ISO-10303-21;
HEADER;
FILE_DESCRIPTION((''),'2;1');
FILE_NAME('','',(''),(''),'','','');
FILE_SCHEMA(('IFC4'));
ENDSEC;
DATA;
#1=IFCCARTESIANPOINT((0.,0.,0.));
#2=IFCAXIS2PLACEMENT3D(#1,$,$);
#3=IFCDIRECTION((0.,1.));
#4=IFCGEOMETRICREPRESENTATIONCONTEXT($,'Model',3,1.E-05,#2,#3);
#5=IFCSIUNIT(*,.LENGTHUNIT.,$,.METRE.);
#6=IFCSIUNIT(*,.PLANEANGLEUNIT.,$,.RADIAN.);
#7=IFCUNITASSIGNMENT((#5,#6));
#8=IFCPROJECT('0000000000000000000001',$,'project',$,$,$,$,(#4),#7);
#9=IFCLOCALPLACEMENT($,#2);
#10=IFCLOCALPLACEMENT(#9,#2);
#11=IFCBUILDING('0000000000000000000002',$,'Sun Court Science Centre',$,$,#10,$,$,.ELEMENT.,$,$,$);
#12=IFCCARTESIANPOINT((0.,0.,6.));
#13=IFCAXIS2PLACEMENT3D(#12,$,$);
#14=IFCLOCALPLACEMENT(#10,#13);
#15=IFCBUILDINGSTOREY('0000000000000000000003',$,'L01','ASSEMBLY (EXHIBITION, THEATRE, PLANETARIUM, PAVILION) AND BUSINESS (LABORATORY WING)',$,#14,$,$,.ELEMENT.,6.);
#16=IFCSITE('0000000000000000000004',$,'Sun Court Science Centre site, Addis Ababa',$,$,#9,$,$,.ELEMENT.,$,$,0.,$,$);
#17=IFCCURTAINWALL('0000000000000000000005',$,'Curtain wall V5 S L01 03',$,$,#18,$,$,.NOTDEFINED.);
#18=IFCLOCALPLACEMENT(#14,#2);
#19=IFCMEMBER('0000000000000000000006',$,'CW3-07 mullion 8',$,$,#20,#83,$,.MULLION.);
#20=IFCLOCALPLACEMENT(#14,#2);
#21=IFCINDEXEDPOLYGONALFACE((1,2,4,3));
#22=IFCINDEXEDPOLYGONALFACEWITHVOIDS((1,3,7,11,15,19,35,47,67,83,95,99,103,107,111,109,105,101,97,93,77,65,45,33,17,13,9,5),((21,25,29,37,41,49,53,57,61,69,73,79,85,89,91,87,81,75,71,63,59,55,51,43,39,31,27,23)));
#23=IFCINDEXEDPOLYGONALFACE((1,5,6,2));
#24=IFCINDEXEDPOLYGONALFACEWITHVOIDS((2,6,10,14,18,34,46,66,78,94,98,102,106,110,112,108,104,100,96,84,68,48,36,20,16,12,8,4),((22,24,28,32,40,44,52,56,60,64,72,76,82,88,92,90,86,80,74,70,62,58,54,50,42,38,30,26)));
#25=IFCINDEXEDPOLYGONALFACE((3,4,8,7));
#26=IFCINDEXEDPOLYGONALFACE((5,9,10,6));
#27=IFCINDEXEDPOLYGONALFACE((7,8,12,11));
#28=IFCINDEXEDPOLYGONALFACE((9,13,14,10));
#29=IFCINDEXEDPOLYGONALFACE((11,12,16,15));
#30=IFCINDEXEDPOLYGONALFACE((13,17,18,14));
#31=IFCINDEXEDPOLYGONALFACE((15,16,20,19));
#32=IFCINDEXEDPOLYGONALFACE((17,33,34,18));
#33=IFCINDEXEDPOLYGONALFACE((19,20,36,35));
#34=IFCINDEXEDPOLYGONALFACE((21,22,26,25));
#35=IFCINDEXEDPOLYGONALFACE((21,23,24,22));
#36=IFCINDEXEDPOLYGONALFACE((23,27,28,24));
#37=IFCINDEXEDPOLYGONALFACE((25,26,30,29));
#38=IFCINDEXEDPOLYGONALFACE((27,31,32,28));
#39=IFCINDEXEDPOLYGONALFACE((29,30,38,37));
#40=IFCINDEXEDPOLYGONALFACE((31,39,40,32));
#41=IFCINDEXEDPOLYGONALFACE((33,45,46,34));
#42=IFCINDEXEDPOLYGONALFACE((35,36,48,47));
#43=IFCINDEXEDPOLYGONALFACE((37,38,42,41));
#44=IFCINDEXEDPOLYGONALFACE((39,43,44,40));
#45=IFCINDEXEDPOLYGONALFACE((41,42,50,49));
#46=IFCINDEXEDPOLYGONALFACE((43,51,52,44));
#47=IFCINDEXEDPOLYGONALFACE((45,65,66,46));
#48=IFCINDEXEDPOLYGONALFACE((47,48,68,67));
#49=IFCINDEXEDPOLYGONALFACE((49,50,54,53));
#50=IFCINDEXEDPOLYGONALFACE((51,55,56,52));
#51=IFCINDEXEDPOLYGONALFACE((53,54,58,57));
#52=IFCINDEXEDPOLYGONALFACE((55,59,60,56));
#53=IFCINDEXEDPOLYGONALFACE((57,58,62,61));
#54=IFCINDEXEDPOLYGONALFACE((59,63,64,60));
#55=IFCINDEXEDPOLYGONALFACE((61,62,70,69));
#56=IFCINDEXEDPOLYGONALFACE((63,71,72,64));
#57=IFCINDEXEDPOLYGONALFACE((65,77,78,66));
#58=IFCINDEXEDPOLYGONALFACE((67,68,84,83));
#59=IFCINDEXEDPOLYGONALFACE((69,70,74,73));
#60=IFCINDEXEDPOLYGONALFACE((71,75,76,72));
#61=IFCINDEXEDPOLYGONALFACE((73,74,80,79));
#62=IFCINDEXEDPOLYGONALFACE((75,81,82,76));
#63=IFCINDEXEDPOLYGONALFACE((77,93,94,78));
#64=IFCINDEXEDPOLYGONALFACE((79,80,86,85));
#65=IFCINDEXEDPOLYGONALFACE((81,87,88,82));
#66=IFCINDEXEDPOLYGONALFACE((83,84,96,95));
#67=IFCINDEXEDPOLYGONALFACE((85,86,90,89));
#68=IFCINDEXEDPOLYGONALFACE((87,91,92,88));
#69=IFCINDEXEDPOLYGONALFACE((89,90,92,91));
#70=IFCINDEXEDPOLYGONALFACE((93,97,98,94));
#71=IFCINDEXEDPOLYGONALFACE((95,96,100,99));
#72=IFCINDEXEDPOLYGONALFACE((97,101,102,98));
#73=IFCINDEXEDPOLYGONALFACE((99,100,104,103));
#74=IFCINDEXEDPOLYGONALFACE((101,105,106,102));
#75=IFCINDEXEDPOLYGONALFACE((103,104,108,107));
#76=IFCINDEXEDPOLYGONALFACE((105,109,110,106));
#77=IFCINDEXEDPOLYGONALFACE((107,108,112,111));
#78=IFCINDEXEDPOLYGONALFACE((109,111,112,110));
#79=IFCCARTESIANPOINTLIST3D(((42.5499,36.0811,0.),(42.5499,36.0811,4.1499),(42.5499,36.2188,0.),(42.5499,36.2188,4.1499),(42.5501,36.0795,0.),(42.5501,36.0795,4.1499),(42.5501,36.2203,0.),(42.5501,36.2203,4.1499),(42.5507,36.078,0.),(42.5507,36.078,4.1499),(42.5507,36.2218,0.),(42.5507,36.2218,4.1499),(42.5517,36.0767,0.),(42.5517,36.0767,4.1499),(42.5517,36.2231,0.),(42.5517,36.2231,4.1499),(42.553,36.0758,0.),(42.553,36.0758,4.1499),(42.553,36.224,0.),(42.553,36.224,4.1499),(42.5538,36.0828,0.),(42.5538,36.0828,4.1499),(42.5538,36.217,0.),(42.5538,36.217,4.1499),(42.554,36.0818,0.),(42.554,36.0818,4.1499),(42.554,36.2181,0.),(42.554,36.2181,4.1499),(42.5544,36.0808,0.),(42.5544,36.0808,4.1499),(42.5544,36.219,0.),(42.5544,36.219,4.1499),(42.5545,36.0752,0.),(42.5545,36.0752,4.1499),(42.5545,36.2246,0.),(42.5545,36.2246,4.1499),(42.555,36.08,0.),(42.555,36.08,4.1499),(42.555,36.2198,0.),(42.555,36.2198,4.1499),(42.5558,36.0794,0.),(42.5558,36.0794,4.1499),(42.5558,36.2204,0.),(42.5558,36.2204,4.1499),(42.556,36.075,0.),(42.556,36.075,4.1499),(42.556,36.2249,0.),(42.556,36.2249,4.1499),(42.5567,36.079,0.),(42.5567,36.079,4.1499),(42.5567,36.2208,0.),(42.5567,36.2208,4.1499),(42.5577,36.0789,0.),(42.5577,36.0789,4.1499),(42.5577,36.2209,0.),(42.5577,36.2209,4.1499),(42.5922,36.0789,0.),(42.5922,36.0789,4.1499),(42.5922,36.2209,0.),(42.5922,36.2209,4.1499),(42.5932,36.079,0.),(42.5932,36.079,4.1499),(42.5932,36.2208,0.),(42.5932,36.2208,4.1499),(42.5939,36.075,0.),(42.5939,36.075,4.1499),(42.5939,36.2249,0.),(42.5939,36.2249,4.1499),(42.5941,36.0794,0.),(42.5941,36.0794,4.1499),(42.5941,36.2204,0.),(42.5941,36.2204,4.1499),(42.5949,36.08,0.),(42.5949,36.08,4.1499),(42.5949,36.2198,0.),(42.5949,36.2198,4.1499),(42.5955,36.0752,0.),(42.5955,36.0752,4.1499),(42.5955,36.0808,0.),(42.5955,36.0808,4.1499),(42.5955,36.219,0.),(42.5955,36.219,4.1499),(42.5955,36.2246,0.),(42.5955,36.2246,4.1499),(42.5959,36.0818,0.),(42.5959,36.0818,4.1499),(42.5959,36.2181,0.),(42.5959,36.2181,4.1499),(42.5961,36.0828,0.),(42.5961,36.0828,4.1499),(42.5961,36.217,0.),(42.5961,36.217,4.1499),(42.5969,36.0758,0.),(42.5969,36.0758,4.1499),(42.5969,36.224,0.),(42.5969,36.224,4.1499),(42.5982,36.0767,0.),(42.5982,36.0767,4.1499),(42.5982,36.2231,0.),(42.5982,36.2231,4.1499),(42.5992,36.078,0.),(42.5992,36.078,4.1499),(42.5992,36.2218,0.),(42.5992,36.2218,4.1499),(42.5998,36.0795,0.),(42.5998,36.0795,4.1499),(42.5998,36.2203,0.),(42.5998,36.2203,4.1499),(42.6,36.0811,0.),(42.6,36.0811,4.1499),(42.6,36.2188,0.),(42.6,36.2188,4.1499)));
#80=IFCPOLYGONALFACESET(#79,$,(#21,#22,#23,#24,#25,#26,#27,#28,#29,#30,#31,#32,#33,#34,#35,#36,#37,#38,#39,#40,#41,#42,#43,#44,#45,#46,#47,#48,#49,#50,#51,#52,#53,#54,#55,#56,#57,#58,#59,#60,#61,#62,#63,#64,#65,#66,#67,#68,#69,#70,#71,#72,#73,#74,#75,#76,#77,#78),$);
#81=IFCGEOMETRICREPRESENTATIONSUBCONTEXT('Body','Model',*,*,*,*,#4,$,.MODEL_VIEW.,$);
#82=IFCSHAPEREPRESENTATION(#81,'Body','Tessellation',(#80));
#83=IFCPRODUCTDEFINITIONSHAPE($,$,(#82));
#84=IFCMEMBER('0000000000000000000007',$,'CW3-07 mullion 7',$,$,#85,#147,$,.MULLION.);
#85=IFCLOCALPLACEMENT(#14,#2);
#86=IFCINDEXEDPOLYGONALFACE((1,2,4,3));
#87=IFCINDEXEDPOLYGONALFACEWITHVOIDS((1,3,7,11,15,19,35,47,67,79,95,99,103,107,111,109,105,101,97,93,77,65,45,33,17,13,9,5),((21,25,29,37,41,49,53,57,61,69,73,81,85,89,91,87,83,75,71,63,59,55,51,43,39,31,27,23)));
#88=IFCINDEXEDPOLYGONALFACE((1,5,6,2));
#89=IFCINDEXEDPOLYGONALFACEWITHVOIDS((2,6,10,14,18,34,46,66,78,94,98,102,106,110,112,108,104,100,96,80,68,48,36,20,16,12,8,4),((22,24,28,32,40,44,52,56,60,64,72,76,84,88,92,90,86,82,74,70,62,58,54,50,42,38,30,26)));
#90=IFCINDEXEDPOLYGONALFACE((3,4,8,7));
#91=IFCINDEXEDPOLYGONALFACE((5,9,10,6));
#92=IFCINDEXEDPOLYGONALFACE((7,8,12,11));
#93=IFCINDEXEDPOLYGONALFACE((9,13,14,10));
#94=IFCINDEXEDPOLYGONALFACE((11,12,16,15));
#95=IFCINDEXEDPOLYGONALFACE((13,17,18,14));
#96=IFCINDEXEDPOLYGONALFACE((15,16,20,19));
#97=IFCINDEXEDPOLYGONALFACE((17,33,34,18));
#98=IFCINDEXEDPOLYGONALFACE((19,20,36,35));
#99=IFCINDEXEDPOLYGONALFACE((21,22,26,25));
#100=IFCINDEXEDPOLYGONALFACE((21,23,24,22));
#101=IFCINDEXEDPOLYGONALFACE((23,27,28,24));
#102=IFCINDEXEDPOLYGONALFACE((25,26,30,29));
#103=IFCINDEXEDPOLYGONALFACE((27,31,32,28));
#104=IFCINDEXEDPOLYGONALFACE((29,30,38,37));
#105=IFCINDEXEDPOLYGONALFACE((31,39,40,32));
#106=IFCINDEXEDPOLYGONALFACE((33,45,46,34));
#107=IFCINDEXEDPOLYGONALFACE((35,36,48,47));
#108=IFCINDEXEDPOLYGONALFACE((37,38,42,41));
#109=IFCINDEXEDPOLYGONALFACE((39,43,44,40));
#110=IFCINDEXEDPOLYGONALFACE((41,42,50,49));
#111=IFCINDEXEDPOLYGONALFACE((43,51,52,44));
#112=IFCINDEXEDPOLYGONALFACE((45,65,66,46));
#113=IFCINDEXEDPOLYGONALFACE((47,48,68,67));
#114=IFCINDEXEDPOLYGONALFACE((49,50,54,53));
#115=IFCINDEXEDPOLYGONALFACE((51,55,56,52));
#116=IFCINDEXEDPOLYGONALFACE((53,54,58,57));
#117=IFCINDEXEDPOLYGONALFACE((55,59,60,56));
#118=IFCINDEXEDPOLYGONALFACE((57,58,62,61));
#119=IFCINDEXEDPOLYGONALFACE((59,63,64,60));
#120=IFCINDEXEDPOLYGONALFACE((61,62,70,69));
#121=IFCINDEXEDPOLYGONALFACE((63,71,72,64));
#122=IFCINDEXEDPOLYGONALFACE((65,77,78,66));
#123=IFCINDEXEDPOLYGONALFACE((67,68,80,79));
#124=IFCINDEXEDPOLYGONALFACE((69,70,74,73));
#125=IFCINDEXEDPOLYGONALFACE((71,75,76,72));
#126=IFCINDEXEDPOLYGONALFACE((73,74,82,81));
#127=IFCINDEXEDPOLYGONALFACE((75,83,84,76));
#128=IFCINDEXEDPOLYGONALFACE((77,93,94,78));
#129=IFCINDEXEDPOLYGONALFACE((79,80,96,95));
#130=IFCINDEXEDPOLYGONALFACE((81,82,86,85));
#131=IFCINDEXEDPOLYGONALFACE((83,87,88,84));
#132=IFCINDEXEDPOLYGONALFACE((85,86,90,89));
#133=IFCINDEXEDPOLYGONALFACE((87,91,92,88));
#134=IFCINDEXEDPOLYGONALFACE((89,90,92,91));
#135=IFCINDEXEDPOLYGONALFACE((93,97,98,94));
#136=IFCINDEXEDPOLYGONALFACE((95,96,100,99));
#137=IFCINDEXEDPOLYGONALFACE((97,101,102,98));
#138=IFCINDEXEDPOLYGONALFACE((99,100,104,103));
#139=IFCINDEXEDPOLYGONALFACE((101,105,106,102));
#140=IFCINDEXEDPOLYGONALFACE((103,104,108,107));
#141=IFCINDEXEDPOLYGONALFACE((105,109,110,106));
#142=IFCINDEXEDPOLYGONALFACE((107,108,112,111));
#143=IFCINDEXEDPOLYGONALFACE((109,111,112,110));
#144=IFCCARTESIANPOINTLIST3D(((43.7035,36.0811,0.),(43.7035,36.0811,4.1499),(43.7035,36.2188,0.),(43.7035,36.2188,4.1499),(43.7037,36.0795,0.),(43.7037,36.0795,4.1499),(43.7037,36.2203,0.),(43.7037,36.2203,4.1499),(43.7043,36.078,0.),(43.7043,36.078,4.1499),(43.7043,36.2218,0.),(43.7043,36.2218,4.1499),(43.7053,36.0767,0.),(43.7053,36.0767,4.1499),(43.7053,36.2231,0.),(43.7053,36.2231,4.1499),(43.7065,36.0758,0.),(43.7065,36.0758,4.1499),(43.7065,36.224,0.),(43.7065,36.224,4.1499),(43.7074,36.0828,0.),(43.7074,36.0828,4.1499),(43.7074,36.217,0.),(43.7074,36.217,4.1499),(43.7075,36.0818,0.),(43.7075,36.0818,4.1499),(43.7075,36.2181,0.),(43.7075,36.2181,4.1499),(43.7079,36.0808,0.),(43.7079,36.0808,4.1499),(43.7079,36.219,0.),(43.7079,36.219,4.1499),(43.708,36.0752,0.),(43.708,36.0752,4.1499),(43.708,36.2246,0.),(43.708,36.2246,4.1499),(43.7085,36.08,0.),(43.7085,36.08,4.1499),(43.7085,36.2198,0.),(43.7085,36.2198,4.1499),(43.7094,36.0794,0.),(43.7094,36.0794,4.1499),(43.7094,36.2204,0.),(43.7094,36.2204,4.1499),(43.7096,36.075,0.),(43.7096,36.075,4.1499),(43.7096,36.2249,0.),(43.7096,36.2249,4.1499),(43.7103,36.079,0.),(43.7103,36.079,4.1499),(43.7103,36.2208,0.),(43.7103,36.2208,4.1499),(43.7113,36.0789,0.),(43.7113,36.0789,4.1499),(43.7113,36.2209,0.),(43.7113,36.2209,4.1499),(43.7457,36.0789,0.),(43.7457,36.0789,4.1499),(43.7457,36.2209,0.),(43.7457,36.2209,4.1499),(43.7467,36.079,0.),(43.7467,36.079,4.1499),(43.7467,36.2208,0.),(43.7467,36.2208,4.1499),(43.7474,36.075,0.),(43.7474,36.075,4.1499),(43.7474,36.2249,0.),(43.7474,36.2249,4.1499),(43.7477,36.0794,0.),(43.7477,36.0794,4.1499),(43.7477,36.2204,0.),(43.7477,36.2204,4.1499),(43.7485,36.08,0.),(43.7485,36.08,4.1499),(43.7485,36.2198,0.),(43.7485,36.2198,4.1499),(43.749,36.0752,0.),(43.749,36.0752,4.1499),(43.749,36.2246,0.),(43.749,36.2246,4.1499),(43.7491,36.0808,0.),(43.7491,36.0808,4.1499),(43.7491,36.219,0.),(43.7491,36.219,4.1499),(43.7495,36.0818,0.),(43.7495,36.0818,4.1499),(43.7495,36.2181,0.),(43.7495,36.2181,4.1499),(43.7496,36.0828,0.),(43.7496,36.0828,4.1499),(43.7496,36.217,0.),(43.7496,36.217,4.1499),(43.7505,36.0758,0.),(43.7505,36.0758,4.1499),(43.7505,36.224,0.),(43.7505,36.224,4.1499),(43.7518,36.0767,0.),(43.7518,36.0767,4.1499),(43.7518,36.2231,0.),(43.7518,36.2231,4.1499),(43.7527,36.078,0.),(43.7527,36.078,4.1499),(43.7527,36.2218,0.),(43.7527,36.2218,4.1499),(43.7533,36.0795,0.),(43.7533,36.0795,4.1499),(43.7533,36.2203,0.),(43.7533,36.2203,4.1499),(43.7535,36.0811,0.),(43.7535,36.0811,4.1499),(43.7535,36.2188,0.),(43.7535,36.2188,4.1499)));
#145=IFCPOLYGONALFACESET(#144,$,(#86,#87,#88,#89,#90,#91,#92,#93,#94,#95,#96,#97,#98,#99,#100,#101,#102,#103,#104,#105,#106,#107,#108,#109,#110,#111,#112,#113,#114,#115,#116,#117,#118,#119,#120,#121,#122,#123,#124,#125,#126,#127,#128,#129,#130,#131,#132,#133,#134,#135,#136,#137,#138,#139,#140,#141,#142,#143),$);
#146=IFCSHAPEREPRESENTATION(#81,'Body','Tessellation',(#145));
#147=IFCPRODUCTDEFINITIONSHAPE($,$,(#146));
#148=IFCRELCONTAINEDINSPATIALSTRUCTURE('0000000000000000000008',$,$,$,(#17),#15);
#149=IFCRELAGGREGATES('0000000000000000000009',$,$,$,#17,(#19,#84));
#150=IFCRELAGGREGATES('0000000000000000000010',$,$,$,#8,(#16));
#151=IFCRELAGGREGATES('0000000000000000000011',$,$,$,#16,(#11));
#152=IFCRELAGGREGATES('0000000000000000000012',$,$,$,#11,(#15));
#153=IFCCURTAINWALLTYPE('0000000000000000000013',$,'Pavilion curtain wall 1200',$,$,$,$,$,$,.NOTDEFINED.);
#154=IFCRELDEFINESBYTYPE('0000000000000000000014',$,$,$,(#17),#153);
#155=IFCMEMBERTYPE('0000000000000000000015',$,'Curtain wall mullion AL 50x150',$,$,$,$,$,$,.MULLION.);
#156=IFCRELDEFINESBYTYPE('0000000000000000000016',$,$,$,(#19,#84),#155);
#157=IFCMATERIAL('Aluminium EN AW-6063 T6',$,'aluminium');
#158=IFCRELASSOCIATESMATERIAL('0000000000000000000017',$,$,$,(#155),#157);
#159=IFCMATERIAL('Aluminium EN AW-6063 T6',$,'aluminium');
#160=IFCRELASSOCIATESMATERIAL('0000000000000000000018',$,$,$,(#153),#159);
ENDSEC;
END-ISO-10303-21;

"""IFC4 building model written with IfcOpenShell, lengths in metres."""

from ifc_helpers import new_model, si_unit, direction, frame, origin, origin_2d, place, context, subcontext, project, spatial, hollow_rectangle, extrude, material, material_profile, profile_set, type_object, element, aggregate, save


model = new_model("IFC4")

# Units and contexts
model_context = context("Model", 3, precision=1e-05, world=origin(), true_north=direction((0.0, 1.0)))
body_context = subcontext(model_context, "Body", "Model", "MODEL_VIEW")
ifc_project = project(units=[si_unit("LENGTHUNIT", "METRE"), si_unit("PLANEANGLEUNIT", "RADIAN")], contexts=[model_context])

# Site, building, storey
site_placement = place(None, origin())
site = spatial("IfcSite", under=ifc_project, at=site_placement, Name="Sun Court Science Centre site, Addis Ababa", CompositionType="ELEMENT", RefElevation=0.0)
building_placement = place(site_placement, origin())
building = spatial("IfcBuilding", under=site, at=building_placement, Name="Sun Court Science Centre", CompositionType="ELEMENT")
storey_placement = place(building_placement, frame((0.0, 0.0, 6.0)))
storey = spatial("IfcBuildingStorey", under=building, at=storey_placement, Name="L01", Description="ASSEMBLY (EXHIBITION, THEATRE, PLANETARIUM, PAVILION) AND BUSINESS (LABORATORY WING)", CompositionType="ELEMENT", Elevation=6.0)

# Curtain wall, members
ifc_material_1 = material(Name="Aluminium EN AW-6063 T6", Category="aluminium")
ifc_material_profile_1 = material_profile(ifc_material_1, hollow_rectangle(XDim=0.05, YDim=0.1499, WallThickness=0.0039, InnerFilletRadius=0.0039, OuterFilletRadius=0.0061, at=origin_2d()), Name="AL 50x150x4")
ifc_profile_set_1 = profile_set([ifc_material_profile_1], Name="Aluminium EN AW-6063 T6")
member_type_1 = type_object("IfcMemberType", Name="Curtain wall mullion AL 50x150", PredefinedType="MULLION", material=ifc_profile_set_1)
ifc_material_2 = material(Name="Aluminium EN AW-6063 T6", Category="aluminium")
curtain_wall_type_1 = type_object("IfcCurtainWallType", Name="Pavilion curtain wall 1200", PredefinedType="NOTDEFINED", material=ifc_material_2)
curtain_wall_1_placement = place(storey_placement, origin())
curtain_wall_1 = element("IfcCurtainWall", 1, at=curtain_wall_1_placement, inside=storey, type_object=curtain_wall_type_1, Name="Curtain wall V5 S L01 03", PredefinedType="NOTDEFINED")
member_1_placement = place(storey_placement, frame((42.575, 36.1499, 0.0), z_axis=(0.0, 0.0, 1.0), x_axis=(-1.0, 0.0, 0.0)))
member_1 = element("IfcMember", 2, at=member_1_placement, type_object=member_type_1, Name="CW3-07 mullion 8", PredefinedType="MULLION", context=body_context, shape_type="SweptSolid", body=[
    extrude(hollow_rectangle(XDim=0.05, YDim=0.1499, WallThickness=0.0039, InnerFilletRadius=0.0039, OuterFilletRadius=0.0061, at=origin_2d()), origin(), (0.0, 0.0, 1.0), 4.1499),
])
member_2_placement = place(storey_placement, frame((43.7285, 36.1499, 0.0), z_axis=(0.0, 0.0, 1.0), x_axis=(-1.0, 0.0, 0.0)))
member_2 = element("IfcMember", 3, at=member_2_placement, type_object=member_type_1, Name="CW3-07 mullion 7", PredefinedType="MULLION", context=body_context, shape_type="SweptSolid", body=[
    extrude(hollow_rectangle(XDim=0.05, YDim=0.1499, WallThickness=0.0039, InnerFilletRadius=0.0039, OuterFilletRadius=0.0061, at=origin_2d()), origin(), (0.0, 0.0, 1.0), 4.1499),
])

aggregate(curtain_wall_1, [member_1, member_2])

save(model, "model.ifc")
